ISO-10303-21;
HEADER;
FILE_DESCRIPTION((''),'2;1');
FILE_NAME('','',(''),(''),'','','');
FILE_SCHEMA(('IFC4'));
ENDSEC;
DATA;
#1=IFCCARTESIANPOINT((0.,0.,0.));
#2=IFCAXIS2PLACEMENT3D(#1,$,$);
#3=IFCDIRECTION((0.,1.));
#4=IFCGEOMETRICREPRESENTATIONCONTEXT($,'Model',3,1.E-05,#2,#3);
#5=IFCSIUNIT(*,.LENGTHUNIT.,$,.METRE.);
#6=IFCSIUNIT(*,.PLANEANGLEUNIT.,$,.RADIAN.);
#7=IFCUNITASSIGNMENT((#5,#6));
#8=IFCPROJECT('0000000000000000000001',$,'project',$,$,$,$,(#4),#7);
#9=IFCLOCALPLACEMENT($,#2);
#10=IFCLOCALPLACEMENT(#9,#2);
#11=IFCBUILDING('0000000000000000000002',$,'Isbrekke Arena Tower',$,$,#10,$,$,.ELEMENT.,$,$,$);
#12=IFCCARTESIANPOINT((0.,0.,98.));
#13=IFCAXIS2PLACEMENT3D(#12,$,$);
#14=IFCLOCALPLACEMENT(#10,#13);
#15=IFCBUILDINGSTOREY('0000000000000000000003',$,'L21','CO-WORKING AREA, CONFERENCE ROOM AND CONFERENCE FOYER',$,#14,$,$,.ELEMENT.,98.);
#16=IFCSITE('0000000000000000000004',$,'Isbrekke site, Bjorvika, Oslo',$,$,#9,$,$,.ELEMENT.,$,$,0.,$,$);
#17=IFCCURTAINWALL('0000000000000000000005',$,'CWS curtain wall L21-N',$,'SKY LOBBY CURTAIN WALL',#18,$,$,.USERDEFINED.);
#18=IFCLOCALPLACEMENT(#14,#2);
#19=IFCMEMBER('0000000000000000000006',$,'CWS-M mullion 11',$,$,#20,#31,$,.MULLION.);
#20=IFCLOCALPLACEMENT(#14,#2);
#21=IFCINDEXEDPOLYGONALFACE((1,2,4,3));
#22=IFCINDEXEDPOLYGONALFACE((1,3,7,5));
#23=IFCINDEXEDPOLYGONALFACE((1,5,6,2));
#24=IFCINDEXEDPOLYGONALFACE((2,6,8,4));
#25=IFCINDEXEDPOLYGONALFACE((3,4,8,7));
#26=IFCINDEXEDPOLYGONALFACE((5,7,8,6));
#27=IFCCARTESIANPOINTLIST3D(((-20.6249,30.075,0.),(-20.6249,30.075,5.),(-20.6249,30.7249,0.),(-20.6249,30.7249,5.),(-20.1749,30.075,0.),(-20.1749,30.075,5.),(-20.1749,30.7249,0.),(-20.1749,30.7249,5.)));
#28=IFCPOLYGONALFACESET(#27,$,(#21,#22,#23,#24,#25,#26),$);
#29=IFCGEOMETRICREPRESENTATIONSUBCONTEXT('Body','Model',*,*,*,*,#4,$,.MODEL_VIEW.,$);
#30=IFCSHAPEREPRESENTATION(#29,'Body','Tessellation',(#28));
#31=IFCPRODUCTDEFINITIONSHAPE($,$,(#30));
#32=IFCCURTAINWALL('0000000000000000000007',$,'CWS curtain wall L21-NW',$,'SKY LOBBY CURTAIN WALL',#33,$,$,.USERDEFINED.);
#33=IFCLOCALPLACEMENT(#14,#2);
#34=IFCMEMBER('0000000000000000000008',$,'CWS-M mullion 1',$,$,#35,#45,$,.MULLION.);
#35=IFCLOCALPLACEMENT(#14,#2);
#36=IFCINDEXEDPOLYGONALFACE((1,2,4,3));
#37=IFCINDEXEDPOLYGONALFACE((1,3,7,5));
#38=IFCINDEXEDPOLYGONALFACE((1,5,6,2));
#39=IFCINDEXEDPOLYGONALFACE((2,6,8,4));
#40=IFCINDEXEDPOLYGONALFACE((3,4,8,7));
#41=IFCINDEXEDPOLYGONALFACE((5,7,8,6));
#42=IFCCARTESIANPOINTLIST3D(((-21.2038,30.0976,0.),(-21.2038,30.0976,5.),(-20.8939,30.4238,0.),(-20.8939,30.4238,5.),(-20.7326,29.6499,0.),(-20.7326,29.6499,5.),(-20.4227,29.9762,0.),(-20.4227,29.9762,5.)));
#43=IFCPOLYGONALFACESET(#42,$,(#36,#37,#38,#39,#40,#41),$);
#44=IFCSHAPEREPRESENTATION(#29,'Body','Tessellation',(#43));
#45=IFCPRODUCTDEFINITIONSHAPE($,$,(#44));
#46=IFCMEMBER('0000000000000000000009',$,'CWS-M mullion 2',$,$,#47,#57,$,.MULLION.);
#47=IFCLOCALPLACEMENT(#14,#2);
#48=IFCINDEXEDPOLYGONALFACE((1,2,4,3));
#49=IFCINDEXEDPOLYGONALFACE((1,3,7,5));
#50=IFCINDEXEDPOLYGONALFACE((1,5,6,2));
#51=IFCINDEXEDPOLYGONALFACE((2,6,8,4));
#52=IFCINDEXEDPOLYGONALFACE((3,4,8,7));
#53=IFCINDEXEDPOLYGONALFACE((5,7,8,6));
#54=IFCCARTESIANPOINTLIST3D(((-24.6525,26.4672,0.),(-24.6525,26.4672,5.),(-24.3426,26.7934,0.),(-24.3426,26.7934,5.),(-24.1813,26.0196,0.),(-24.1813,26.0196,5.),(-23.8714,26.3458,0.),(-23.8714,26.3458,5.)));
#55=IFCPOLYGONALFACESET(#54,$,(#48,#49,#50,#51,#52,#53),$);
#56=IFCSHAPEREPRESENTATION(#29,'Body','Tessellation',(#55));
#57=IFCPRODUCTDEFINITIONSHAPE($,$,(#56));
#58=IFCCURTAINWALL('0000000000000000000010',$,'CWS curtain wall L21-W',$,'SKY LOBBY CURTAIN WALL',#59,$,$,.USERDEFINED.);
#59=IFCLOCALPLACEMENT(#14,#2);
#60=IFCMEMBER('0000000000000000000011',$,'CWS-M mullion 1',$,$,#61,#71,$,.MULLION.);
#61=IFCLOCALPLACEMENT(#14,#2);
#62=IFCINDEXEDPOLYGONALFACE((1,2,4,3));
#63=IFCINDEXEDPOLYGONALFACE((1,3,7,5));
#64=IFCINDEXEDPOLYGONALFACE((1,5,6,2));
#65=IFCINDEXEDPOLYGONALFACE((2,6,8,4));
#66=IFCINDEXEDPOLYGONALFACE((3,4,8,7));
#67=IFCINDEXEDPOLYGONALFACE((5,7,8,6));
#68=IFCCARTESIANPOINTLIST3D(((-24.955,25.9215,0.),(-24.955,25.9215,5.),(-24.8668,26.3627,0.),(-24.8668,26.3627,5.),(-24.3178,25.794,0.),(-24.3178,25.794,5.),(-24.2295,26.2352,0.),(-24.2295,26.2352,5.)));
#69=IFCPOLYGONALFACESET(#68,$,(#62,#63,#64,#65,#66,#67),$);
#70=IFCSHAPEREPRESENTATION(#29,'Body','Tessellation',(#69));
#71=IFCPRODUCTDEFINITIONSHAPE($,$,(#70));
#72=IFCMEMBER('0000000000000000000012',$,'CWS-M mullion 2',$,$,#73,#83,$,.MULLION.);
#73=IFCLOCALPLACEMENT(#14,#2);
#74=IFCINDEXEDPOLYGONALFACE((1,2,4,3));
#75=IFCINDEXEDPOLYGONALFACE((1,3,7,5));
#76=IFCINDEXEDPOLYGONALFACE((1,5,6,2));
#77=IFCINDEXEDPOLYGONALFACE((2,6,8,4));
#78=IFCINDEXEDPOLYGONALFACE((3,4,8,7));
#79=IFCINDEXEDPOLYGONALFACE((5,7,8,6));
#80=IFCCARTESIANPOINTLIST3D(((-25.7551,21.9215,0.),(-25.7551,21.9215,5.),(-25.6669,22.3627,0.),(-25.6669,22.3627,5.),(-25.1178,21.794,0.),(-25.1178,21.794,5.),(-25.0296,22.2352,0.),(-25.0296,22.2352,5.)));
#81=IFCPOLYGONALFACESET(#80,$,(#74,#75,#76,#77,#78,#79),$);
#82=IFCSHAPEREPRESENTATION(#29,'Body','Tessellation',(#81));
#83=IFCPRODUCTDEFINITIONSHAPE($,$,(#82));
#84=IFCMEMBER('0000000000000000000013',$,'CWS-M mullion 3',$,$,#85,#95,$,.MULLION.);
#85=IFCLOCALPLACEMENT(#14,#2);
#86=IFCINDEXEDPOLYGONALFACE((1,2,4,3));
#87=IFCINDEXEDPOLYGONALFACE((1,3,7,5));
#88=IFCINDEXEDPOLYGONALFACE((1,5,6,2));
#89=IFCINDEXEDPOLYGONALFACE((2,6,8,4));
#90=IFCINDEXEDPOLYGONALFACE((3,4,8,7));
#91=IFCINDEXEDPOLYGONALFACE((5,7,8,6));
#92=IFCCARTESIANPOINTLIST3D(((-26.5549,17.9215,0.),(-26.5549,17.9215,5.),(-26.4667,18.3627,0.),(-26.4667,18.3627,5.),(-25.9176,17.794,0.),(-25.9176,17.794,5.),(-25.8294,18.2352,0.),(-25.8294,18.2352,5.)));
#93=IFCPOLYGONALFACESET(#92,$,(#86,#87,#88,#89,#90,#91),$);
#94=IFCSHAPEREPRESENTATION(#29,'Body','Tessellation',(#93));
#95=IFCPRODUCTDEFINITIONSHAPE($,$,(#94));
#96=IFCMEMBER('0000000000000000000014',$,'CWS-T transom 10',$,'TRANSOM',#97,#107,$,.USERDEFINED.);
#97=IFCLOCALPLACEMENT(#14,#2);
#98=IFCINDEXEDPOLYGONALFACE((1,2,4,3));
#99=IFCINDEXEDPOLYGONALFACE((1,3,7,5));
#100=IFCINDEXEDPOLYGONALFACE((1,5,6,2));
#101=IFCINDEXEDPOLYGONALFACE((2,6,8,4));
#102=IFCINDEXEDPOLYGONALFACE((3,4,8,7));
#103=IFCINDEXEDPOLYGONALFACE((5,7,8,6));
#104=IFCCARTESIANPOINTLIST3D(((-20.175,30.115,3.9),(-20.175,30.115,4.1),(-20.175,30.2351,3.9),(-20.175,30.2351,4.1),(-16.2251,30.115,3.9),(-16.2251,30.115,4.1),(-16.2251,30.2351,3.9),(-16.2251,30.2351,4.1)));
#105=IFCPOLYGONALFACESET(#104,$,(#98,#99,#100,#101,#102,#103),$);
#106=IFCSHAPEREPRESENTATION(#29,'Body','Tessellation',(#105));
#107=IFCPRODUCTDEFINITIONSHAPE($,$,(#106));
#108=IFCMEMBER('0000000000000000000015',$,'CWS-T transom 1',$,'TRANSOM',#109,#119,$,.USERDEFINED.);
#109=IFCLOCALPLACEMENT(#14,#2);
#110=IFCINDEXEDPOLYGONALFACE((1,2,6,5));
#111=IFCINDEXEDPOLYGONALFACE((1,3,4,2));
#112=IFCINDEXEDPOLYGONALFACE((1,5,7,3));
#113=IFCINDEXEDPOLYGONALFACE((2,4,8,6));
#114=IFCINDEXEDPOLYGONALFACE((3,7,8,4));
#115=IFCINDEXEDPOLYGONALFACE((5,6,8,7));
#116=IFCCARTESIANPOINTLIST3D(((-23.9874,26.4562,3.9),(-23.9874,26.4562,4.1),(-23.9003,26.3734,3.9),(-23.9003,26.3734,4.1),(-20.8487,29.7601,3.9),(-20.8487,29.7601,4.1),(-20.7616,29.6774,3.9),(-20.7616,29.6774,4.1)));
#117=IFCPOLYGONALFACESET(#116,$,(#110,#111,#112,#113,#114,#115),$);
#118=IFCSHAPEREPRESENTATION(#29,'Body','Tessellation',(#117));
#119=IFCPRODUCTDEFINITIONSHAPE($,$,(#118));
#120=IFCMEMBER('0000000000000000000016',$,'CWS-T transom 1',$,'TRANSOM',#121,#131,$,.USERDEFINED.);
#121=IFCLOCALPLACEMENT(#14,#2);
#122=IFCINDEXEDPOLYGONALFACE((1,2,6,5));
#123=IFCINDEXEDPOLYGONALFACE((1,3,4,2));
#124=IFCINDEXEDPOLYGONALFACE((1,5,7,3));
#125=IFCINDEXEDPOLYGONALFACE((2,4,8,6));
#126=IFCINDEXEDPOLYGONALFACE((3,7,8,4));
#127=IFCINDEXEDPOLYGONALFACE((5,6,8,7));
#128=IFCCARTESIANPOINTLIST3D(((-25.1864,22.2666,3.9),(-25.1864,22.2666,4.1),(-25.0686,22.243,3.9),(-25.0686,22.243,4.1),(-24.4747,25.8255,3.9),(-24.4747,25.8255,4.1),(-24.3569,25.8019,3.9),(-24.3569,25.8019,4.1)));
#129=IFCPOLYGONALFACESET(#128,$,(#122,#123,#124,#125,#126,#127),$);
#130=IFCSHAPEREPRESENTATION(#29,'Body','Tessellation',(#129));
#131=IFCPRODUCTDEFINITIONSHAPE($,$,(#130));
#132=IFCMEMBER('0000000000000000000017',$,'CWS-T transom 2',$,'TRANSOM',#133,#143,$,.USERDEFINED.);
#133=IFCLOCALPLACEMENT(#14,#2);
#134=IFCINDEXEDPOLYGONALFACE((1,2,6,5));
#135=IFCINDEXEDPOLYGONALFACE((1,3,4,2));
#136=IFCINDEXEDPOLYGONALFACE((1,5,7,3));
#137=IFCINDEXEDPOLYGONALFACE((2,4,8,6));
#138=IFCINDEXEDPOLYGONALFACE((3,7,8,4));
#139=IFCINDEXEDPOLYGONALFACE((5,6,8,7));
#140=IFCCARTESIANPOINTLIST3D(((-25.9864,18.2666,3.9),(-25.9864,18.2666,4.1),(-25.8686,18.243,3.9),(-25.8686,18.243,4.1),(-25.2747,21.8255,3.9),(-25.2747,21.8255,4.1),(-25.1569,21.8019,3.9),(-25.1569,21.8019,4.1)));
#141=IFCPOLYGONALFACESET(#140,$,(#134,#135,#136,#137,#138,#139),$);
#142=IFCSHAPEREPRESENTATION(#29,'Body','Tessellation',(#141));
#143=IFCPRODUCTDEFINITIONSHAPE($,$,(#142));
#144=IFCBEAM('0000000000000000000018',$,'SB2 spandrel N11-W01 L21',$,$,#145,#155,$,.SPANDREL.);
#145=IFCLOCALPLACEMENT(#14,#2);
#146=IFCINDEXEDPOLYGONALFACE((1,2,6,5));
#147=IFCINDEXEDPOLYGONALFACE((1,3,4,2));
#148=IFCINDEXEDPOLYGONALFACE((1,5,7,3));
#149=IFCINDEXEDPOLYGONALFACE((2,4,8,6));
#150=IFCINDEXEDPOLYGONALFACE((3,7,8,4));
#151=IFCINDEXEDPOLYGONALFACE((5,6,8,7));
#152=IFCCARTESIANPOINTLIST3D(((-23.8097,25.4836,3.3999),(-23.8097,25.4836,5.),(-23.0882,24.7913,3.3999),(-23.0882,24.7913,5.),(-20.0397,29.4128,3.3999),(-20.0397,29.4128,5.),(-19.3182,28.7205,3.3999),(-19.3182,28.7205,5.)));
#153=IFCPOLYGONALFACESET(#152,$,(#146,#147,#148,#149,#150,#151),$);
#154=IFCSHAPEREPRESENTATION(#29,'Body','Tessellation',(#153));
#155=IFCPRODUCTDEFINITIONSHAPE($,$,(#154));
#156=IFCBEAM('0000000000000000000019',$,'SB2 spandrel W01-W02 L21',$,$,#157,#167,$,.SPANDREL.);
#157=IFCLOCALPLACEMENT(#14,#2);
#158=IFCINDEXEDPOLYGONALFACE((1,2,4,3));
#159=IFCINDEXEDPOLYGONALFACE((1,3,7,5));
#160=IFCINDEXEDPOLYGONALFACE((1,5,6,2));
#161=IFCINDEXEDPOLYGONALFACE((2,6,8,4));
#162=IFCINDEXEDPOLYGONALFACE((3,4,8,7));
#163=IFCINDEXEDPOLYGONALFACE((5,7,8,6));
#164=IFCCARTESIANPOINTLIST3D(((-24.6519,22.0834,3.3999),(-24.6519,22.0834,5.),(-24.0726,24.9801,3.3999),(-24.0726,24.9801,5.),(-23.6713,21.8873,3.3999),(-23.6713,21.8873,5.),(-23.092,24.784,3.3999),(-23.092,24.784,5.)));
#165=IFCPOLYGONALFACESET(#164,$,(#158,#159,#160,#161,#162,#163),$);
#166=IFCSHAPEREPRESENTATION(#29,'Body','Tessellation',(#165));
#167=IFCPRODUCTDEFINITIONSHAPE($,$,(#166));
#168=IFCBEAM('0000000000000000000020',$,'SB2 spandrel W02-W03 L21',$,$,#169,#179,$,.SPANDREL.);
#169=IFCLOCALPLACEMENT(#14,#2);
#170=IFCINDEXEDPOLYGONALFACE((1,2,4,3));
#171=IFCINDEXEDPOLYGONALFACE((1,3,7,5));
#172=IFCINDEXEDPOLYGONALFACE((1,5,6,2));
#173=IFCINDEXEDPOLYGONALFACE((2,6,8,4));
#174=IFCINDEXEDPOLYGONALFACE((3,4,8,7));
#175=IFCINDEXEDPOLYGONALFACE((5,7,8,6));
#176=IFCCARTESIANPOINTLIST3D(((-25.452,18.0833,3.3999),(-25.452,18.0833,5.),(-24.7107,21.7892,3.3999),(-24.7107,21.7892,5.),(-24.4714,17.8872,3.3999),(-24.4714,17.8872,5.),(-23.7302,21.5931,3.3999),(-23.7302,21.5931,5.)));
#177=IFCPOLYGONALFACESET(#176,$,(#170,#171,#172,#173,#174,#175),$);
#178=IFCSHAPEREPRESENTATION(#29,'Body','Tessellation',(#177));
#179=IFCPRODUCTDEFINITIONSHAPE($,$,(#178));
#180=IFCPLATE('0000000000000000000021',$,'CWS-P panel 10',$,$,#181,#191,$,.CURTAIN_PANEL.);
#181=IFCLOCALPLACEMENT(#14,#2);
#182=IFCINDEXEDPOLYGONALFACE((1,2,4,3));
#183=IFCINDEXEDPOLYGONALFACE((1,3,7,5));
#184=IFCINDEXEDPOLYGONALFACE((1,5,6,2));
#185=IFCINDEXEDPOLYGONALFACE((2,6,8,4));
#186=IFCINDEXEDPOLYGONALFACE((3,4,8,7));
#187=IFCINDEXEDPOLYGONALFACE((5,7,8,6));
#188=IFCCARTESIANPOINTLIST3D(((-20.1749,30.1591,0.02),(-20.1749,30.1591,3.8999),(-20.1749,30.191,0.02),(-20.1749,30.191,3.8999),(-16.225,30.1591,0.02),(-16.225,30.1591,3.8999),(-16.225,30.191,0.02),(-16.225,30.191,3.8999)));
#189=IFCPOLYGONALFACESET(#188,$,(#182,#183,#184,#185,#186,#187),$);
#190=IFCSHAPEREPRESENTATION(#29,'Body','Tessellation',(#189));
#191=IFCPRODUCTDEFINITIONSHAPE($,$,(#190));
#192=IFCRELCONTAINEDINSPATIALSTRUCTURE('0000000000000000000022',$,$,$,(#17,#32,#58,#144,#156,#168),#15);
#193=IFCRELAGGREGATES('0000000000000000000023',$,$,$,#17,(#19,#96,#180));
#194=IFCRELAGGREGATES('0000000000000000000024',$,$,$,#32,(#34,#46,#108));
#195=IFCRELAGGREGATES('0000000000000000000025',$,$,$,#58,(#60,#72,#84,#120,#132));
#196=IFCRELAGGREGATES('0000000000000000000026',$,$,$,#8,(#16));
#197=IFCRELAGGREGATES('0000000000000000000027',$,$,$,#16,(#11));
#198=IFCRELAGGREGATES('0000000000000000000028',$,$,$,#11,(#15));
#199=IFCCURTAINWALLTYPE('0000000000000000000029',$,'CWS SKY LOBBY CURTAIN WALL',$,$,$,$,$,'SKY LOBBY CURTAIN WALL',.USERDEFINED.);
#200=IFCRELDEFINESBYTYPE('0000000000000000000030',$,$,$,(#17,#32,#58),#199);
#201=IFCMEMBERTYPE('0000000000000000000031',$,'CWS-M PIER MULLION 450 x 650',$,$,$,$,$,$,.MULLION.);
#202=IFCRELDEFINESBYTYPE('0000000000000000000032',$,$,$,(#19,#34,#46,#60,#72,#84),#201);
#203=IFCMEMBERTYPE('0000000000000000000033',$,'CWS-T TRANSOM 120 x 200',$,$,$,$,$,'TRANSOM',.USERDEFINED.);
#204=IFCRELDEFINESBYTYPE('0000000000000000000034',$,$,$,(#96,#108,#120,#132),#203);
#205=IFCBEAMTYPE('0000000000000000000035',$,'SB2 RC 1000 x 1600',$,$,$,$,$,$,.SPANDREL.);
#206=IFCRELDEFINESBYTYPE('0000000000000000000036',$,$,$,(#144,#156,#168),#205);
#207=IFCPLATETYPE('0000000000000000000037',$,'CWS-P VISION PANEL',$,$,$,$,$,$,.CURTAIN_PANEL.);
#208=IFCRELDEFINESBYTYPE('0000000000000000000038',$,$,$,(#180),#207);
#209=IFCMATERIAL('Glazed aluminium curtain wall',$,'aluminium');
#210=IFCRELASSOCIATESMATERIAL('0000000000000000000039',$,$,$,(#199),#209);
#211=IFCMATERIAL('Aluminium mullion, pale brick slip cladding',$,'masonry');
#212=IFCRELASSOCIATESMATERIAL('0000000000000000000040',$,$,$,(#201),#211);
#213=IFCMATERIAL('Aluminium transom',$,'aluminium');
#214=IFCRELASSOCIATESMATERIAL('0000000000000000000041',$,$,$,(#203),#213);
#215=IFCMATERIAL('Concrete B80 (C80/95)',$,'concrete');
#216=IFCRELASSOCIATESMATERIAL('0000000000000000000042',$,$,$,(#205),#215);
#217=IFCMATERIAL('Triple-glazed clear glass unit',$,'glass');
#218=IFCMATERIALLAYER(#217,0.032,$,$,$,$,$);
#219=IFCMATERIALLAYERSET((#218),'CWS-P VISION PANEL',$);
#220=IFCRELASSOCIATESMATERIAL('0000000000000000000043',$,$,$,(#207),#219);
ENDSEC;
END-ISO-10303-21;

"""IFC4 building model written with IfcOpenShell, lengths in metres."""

from ifc_helpers import new_model, si_unit, direction, frame, origin, origin_2d, place, context, subcontext, project, spatial, rectangle, extrude, material, layer, layer_set, material_profile, profile_set, type_object, element, aggregate, save


model = new_model("IFC4")

# Units and contexts
model_context = context("Model", 3, precision=1e-05, world=origin(), true_north=direction((0.0, 1.0)))
body_context = subcontext(model_context, "Body", "Model", "MODEL_VIEW")
ifc_project = project(units=[si_unit("LENGTHUNIT", "METRE"), si_unit("PLANEANGLEUNIT", "RADIAN")], contexts=[model_context])

# Site, building, storey
site_placement = place(None, origin())
site = spatial("IfcSite", under=ifc_project, at=site_placement, Name="Isbrekke site, Bjorvika, Oslo", CompositionType="ELEMENT", RefElevation=0.0)
building_placement = place(site_placement, origin())
building = spatial("IfcBuilding", under=site, at=building_placement, Name="Isbrekke Arena Tower", CompositionType="ELEMENT")
storey_placement = place(building_placement, frame((0.0, 0.0, 98.0)))
storey = spatial("IfcBuildingStorey", under=building, at=storey_placement, Name="L21", Description="CO-WORKING AREA, CONFERENCE ROOM AND CONFERENCE FOYER", CompositionType="ELEMENT", Elevation=98.0)

# Curtain wall, member
ifc_material_1 = material(Name="Glazed aluminium curtain wall", Category="aluminium")
curtain_wall_type = type_object("IfcCurtainWallType", Name="CWS SKY LOBBY CURTAIN WALL", ElementType="SKY LOBBY CURTAIN WALL", PredefinedType="USERDEFINED", material=ifc_material_1)
curtain_wall_1_placement = place(storey_placement, origin())
curtain_wall_1 = element("IfcCurtainWall", 1, at=curtain_wall_1_placement, inside=storey, type_object=curtain_wall_type, Name="CWS curtain wall L21-N", ObjectType="SKY LOBBY CURTAIN WALL", PredefinedType="USERDEFINED")
ifc_material_2 = material(Name="Aluminium mullion, pale brick slip cladding", Category="masonry")
ifc_material_profile_1 = material_profile(ifc_material_2, rectangle(XDim=0.45, YDim=0.6499, at=origin_2d()), Name="PIER 450X650")
ifc_profile_set_1 = profile_set([ifc_material_profile_1], Name="Aluminium mullion, pale brick slip cladding")
member_type_1 = type_object("IfcMemberType", Name="CWS-M PIER MULLION 450 x 650", PredefinedType="MULLION", material=ifc_profile_set_1)
member_1_placement = place(storey_placement, frame((-20.3999, 30.3999, 0.0), z_axis=(0.0, 0.0, 1.0), x_axis=(-1.0, 0.0, 0.0)))
member_1 = element("IfcMember", 2, at=member_1_placement, type_object=member_type_1, Name="CWS-M mullion 11", PredefinedType="MULLION", context=body_context, shape_type="SweptSolid", body=[
    extrude(rectangle(XDim=0.45, YDim=0.6499, at=origin_2d()), origin(), (0.0, 0.0, 1.0), 5.0),
])

# Curtain walls, members
curtain_wall_2_placement = place(storey_placement, origin())
curtain_wall_2 = element("IfcCurtainWall", 3, at=curtain_wall_2_placement, inside=storey, type_object=curtain_wall_type, Name="CWS curtain wall L21-NW", ObjectType="SKY LOBBY CURTAIN WALL", PredefinedType="USERDEFINED")
member_2_placement = place(storey_placement, frame((-20.8132, 30.0369, 0.0), z_axis=(0.0, 0.0, 1.0), x_axis=(-0.688749, -0.724999, 0.0)))
member_2 = element("IfcMember", 4, at=member_2_placement, type_object=member_type_1, Name="CWS-M mullion 1", PredefinedType="MULLION", context=body_context, shape_type="SweptSolid", body=[
    extrude(rectangle(XDim=0.45, YDim=0.6499, at=origin_2d()), origin(), (0.0, 0.0, 1.0), 5.0),
])
member_3_placement = place(storey_placement, frame((-24.262, 26.4065, 0.0), z_axis=(0.0, 0.0, 1.0), x_axis=(-0.688749, -0.724999, 0.0)))
member_3 = element("IfcMember", 5, at=member_3_placement, type_object=member_type_1, Name="CWS-M mullion 2", PredefinedType="MULLION", context=body_context, shape_type="SweptSolid", body=[
    extrude(rectangle(XDim=0.45, YDim=0.6499, at=origin_2d()), origin(), (0.0, 0.0, 1.0), 5.0),
])
curtain_wall_3_placement = place(storey_placement, origin())
curtain_wall_3 = element("IfcCurtainWall", 6, at=curtain_wall_3_placement, inside=storey, type_object=curtain_wall_type, Name="CWS curtain wall L21-W", ObjectType="SKY LOBBY CURTAIN WALL", PredefinedType="USERDEFINED")
member_4_placement = place(storey_placement, frame((-24.5923, 26.0784, 0.0), z_axis=(0.0, 0.0, 1.0), x_axis=(-0.196116, -0.980581, 0.0)))
member_4 = element("IfcMember", 7, at=member_4_placement, type_object=member_type_1, Name="CWS-M mullion 1", PredefinedType="MULLION", context=body_context, shape_type="SweptSolid", body=[
    extrude(rectangle(XDim=0.45, YDim=0.6499, at=origin_2d()), origin(), (0.0, 0.0, 1.0), 5.0),
])
member_5_placement = place(storey_placement, frame((-25.3923, 22.0784, 0.0), z_axis=(0.0, 0.0, 1.0), x_axis=(-0.196116, -0.980581, 0.0)))
member_5 = element("IfcMember", 8, at=member_5_placement, type_object=member_type_1, Name="CWS-M mullion 2", PredefinedType="MULLION", context=body_context, shape_type="SweptSolid", body=[
    extrude(rectangle(XDim=0.45, YDim=0.6499, at=origin_2d()), origin(), (0.0, 0.0, 1.0), 5.0),
])
member_6_placement = place(storey_placement, frame((-26.1921, 18.0784, 0.0), z_axis=(0.0, 0.0, 1.0), x_axis=(-0.196116, -0.980581, 0.0)))
member_6 = element("IfcMember", 9, at=member_6_placement, type_object=member_type_1, Name="CWS-M mullion 3", PredefinedType="MULLION", context=body_context, shape_type="SweptSolid", body=[
    extrude(rectangle(XDim=0.45, YDim=0.6499, at=origin_2d()), origin(), (0.0, 0.0, 1.0), 5.0),
])

# Members
ifc_material_3 = material(Name="Aluminium transom", Category="aluminium")
ifc_material_profile_2 = material_profile(ifc_material_3, rectangle(XDim=0.1201, YDim=0.2, at=origin_2d()), Name="TRANSOM 120X200")
ifc_profile_set_2 = profile_set([ifc_material_profile_2], Name="Aluminium transom")
member_type_2 = type_object("IfcMemberType", Name="CWS-T TRANSOM 120 x 200", ElementType="TRANSOM", PredefinedType="USERDEFINED", material=ifc_profile_set_2)
member_7_placement = place(storey_placement, frame((-16.2251, 30.175, 4.0), z_axis=(-1.0, 0.0, 0.0), x_axis=(0.0, -1.0, 0.0)))
member_7 = element("IfcMember", 10, at=member_7_placement, type_object=member_type_2, Name="CWS-T transom 10", ObjectType="TRANSOM", PredefinedType="USERDEFINED", context=body_context, shape_type="SweptSolid", body=[
    extrude(rectangle(XDim=0.1201, YDim=0.2, at=origin_2d()), origin(), (0.0, 0.0, 1.0), 3.95),
])
member_8_placement = place(storey_placement, frame((-20.8052, 29.7188, 4.0), z_axis=(-0.68874, -0.725009, 0.0), x_axis=(0.725009, -0.68874, 0.0)))
member_8 = element("IfcMember", 11, at=member_8_placement, type_object=member_type_2, Name="CWS-T transom 1", ObjectType="TRANSOM", PredefinedType="USERDEFINED", context=body_context, shape_type="SweptSolid", body=[
    extrude(rectangle(XDim=0.1201, YDim=0.2, at=origin_2d()), origin(), (0.0, 0.0, 1.0), 4.5571),
])
member_9_placement = place(storey_placement, frame((-24.4158, 25.8137, 4.0), z_axis=(-0.19609, -0.980586, 0.0), x_axis=(0.980586, -0.19609, 0.0)))
member_9 = element("IfcMember", 12, at=member_9_placement, type_object=member_type_2, Name="CWS-T transom 1", ObjectType="TRANSOM", PredefinedType="USERDEFINED", context=body_context, shape_type="SweptSolid", body=[
    extrude(rectangle(XDim=0.1201, YDim=0.2, at=origin_2d()), origin(), (0.0, 0.0, 1.0), 3.6294),
])
member_10_placement = place(storey_placement, frame((-25.2158, 21.8137, 4.0), z_axis=(-0.19609, -0.980586, 0.0), x_axis=(0.980586, -0.19609, 0.0)))
member_10 = element("IfcMember", 13, at=member_10_placement, type_object=member_type_2, Name="CWS-T transom 2", ObjectType="TRANSOM", PredefinedType="USERDEFINED", context=body_context, shape_type="SweptSolid", body=[
    extrude(rectangle(XDim=0.1201, YDim=0.2, at=origin_2d()), origin(), (0.0, 0.0, 1.0), 3.6294),
])

# Beams
ifc_material_4 = material(Name="Concrete B80 (C80/95)", Category="concrete")
ifc_material_profile_3 = material_profile(ifc_material_4, rectangle(XDim=1.0, YDim=1.6001, at=origin_2d()), Name="RC 1000x1600")
ifc_profile_set_3 = profile_set([ifc_material_profile_3], Name="Concrete B80 (C80/95)")
beam_type_1 = type_object("IfcBeamType", Name="SB2 RC 1000 x 1600", PredefinedType="SPANDREL", material=ifc_profile_set_3)
beam_1_placement = place(storey_placement, frame((-19.679, 29.0667, 4.2), z_axis=(-0.69234, -0.721572, 0.0), x_axis=(0.721572, -0.69234, 0.0)))
element("IfcBeam", 14, at=beam_1_placement, inside=storey, type_object=beam_type_1, Name="SB2 spandrel N11-W01 L21", PredefinedType="SPANDREL", context=body_context, shape_type="SweptSolid", body=[
    extrude(rectangle(XDim=1.0, YDim=1.6001, at=origin_2d()), origin(), (0.0, 0.0, 1.0), 5.4453),
])
beam_2_placement = place(storey_placement, frame((-23.5823, 24.8821, 4.2), z_axis=(-0.196116, -0.980581, 0.0), x_axis=(0.980581, -0.196116, 0.0)))
element("IfcBeam", 15, at=beam_2_placement, inside=storey, type_object=beam_type_1, Name="SB2 spandrel W01-W02 L21", PredefinedType="SPANDREL", context=body_context, shape_type="SweptSolid", body=[
    extrude(rectangle(XDim=1.0, YDim=1.6001, at=origin_2d()), origin(), (0.0, 0.0, 1.0), 2.9541),
])
beam_3_placement = place(storey_placement, frame((-24.2205, 21.6912, 4.2), z_axis=(-0.196129, -0.980578, 0.0), x_axis=(0.980578, -0.196129, 0.0)))
element("IfcBeam", 16, at=beam_3_placement, inside=storey, type_object=beam_type_1, Name="SB2 spandrel W02-W03 L21", PredefinedType="SPANDREL", context=body_context, shape_type="SweptSolid", body=[
    extrude(rectangle(XDim=1.0, YDim=1.6001, at=origin_2d()), origin(), (0.0, 0.0, 1.0), 3.7793),
])

# Plate
ifc_material_5 = material(Name="Triple-glazed clear glass unit", Category="glass")
ifc_layer_1 = layer(ifc_material_5, 0.032)
ifc_layer_set_1 = layer_set([ifc_layer_1], Name="CWS-P VISION PANEL")
plate_type = type_object("IfcPlateType", Name="CWS-P VISION PANEL", PredefinedType="CURTAIN_PANEL", material=ifc_layer_set_1)
plate_1_placement = place(storey_placement, frame((-18.2, 30.175, 0.02), z_axis=(0.0, 0.0, 1.0), x_axis=(-1.0, 0.0, 0.0)))
plate_1 = element("IfcPlate", 17, at=plate_1_placement, type_object=plate_type, Name="CWS-P panel 10", PredefinedType="CURTAIN_PANEL", context=body_context, shape_type="SweptSolid", body=[
    extrude(rectangle(XDim=3.95, YDim=0.032, at=origin_2d()), origin(), (0.0, 0.0, 1.0), 3.8799),
])
aggregate(curtain_wall_1, [member_1, member_7, plate_1])
aggregate(curtain_wall_2, [member_2, member_3, member_8])
aggregate(curtain_wall_3, [member_4, member_5, member_6, member_9, member_10])

save(model, "model.ifc")
